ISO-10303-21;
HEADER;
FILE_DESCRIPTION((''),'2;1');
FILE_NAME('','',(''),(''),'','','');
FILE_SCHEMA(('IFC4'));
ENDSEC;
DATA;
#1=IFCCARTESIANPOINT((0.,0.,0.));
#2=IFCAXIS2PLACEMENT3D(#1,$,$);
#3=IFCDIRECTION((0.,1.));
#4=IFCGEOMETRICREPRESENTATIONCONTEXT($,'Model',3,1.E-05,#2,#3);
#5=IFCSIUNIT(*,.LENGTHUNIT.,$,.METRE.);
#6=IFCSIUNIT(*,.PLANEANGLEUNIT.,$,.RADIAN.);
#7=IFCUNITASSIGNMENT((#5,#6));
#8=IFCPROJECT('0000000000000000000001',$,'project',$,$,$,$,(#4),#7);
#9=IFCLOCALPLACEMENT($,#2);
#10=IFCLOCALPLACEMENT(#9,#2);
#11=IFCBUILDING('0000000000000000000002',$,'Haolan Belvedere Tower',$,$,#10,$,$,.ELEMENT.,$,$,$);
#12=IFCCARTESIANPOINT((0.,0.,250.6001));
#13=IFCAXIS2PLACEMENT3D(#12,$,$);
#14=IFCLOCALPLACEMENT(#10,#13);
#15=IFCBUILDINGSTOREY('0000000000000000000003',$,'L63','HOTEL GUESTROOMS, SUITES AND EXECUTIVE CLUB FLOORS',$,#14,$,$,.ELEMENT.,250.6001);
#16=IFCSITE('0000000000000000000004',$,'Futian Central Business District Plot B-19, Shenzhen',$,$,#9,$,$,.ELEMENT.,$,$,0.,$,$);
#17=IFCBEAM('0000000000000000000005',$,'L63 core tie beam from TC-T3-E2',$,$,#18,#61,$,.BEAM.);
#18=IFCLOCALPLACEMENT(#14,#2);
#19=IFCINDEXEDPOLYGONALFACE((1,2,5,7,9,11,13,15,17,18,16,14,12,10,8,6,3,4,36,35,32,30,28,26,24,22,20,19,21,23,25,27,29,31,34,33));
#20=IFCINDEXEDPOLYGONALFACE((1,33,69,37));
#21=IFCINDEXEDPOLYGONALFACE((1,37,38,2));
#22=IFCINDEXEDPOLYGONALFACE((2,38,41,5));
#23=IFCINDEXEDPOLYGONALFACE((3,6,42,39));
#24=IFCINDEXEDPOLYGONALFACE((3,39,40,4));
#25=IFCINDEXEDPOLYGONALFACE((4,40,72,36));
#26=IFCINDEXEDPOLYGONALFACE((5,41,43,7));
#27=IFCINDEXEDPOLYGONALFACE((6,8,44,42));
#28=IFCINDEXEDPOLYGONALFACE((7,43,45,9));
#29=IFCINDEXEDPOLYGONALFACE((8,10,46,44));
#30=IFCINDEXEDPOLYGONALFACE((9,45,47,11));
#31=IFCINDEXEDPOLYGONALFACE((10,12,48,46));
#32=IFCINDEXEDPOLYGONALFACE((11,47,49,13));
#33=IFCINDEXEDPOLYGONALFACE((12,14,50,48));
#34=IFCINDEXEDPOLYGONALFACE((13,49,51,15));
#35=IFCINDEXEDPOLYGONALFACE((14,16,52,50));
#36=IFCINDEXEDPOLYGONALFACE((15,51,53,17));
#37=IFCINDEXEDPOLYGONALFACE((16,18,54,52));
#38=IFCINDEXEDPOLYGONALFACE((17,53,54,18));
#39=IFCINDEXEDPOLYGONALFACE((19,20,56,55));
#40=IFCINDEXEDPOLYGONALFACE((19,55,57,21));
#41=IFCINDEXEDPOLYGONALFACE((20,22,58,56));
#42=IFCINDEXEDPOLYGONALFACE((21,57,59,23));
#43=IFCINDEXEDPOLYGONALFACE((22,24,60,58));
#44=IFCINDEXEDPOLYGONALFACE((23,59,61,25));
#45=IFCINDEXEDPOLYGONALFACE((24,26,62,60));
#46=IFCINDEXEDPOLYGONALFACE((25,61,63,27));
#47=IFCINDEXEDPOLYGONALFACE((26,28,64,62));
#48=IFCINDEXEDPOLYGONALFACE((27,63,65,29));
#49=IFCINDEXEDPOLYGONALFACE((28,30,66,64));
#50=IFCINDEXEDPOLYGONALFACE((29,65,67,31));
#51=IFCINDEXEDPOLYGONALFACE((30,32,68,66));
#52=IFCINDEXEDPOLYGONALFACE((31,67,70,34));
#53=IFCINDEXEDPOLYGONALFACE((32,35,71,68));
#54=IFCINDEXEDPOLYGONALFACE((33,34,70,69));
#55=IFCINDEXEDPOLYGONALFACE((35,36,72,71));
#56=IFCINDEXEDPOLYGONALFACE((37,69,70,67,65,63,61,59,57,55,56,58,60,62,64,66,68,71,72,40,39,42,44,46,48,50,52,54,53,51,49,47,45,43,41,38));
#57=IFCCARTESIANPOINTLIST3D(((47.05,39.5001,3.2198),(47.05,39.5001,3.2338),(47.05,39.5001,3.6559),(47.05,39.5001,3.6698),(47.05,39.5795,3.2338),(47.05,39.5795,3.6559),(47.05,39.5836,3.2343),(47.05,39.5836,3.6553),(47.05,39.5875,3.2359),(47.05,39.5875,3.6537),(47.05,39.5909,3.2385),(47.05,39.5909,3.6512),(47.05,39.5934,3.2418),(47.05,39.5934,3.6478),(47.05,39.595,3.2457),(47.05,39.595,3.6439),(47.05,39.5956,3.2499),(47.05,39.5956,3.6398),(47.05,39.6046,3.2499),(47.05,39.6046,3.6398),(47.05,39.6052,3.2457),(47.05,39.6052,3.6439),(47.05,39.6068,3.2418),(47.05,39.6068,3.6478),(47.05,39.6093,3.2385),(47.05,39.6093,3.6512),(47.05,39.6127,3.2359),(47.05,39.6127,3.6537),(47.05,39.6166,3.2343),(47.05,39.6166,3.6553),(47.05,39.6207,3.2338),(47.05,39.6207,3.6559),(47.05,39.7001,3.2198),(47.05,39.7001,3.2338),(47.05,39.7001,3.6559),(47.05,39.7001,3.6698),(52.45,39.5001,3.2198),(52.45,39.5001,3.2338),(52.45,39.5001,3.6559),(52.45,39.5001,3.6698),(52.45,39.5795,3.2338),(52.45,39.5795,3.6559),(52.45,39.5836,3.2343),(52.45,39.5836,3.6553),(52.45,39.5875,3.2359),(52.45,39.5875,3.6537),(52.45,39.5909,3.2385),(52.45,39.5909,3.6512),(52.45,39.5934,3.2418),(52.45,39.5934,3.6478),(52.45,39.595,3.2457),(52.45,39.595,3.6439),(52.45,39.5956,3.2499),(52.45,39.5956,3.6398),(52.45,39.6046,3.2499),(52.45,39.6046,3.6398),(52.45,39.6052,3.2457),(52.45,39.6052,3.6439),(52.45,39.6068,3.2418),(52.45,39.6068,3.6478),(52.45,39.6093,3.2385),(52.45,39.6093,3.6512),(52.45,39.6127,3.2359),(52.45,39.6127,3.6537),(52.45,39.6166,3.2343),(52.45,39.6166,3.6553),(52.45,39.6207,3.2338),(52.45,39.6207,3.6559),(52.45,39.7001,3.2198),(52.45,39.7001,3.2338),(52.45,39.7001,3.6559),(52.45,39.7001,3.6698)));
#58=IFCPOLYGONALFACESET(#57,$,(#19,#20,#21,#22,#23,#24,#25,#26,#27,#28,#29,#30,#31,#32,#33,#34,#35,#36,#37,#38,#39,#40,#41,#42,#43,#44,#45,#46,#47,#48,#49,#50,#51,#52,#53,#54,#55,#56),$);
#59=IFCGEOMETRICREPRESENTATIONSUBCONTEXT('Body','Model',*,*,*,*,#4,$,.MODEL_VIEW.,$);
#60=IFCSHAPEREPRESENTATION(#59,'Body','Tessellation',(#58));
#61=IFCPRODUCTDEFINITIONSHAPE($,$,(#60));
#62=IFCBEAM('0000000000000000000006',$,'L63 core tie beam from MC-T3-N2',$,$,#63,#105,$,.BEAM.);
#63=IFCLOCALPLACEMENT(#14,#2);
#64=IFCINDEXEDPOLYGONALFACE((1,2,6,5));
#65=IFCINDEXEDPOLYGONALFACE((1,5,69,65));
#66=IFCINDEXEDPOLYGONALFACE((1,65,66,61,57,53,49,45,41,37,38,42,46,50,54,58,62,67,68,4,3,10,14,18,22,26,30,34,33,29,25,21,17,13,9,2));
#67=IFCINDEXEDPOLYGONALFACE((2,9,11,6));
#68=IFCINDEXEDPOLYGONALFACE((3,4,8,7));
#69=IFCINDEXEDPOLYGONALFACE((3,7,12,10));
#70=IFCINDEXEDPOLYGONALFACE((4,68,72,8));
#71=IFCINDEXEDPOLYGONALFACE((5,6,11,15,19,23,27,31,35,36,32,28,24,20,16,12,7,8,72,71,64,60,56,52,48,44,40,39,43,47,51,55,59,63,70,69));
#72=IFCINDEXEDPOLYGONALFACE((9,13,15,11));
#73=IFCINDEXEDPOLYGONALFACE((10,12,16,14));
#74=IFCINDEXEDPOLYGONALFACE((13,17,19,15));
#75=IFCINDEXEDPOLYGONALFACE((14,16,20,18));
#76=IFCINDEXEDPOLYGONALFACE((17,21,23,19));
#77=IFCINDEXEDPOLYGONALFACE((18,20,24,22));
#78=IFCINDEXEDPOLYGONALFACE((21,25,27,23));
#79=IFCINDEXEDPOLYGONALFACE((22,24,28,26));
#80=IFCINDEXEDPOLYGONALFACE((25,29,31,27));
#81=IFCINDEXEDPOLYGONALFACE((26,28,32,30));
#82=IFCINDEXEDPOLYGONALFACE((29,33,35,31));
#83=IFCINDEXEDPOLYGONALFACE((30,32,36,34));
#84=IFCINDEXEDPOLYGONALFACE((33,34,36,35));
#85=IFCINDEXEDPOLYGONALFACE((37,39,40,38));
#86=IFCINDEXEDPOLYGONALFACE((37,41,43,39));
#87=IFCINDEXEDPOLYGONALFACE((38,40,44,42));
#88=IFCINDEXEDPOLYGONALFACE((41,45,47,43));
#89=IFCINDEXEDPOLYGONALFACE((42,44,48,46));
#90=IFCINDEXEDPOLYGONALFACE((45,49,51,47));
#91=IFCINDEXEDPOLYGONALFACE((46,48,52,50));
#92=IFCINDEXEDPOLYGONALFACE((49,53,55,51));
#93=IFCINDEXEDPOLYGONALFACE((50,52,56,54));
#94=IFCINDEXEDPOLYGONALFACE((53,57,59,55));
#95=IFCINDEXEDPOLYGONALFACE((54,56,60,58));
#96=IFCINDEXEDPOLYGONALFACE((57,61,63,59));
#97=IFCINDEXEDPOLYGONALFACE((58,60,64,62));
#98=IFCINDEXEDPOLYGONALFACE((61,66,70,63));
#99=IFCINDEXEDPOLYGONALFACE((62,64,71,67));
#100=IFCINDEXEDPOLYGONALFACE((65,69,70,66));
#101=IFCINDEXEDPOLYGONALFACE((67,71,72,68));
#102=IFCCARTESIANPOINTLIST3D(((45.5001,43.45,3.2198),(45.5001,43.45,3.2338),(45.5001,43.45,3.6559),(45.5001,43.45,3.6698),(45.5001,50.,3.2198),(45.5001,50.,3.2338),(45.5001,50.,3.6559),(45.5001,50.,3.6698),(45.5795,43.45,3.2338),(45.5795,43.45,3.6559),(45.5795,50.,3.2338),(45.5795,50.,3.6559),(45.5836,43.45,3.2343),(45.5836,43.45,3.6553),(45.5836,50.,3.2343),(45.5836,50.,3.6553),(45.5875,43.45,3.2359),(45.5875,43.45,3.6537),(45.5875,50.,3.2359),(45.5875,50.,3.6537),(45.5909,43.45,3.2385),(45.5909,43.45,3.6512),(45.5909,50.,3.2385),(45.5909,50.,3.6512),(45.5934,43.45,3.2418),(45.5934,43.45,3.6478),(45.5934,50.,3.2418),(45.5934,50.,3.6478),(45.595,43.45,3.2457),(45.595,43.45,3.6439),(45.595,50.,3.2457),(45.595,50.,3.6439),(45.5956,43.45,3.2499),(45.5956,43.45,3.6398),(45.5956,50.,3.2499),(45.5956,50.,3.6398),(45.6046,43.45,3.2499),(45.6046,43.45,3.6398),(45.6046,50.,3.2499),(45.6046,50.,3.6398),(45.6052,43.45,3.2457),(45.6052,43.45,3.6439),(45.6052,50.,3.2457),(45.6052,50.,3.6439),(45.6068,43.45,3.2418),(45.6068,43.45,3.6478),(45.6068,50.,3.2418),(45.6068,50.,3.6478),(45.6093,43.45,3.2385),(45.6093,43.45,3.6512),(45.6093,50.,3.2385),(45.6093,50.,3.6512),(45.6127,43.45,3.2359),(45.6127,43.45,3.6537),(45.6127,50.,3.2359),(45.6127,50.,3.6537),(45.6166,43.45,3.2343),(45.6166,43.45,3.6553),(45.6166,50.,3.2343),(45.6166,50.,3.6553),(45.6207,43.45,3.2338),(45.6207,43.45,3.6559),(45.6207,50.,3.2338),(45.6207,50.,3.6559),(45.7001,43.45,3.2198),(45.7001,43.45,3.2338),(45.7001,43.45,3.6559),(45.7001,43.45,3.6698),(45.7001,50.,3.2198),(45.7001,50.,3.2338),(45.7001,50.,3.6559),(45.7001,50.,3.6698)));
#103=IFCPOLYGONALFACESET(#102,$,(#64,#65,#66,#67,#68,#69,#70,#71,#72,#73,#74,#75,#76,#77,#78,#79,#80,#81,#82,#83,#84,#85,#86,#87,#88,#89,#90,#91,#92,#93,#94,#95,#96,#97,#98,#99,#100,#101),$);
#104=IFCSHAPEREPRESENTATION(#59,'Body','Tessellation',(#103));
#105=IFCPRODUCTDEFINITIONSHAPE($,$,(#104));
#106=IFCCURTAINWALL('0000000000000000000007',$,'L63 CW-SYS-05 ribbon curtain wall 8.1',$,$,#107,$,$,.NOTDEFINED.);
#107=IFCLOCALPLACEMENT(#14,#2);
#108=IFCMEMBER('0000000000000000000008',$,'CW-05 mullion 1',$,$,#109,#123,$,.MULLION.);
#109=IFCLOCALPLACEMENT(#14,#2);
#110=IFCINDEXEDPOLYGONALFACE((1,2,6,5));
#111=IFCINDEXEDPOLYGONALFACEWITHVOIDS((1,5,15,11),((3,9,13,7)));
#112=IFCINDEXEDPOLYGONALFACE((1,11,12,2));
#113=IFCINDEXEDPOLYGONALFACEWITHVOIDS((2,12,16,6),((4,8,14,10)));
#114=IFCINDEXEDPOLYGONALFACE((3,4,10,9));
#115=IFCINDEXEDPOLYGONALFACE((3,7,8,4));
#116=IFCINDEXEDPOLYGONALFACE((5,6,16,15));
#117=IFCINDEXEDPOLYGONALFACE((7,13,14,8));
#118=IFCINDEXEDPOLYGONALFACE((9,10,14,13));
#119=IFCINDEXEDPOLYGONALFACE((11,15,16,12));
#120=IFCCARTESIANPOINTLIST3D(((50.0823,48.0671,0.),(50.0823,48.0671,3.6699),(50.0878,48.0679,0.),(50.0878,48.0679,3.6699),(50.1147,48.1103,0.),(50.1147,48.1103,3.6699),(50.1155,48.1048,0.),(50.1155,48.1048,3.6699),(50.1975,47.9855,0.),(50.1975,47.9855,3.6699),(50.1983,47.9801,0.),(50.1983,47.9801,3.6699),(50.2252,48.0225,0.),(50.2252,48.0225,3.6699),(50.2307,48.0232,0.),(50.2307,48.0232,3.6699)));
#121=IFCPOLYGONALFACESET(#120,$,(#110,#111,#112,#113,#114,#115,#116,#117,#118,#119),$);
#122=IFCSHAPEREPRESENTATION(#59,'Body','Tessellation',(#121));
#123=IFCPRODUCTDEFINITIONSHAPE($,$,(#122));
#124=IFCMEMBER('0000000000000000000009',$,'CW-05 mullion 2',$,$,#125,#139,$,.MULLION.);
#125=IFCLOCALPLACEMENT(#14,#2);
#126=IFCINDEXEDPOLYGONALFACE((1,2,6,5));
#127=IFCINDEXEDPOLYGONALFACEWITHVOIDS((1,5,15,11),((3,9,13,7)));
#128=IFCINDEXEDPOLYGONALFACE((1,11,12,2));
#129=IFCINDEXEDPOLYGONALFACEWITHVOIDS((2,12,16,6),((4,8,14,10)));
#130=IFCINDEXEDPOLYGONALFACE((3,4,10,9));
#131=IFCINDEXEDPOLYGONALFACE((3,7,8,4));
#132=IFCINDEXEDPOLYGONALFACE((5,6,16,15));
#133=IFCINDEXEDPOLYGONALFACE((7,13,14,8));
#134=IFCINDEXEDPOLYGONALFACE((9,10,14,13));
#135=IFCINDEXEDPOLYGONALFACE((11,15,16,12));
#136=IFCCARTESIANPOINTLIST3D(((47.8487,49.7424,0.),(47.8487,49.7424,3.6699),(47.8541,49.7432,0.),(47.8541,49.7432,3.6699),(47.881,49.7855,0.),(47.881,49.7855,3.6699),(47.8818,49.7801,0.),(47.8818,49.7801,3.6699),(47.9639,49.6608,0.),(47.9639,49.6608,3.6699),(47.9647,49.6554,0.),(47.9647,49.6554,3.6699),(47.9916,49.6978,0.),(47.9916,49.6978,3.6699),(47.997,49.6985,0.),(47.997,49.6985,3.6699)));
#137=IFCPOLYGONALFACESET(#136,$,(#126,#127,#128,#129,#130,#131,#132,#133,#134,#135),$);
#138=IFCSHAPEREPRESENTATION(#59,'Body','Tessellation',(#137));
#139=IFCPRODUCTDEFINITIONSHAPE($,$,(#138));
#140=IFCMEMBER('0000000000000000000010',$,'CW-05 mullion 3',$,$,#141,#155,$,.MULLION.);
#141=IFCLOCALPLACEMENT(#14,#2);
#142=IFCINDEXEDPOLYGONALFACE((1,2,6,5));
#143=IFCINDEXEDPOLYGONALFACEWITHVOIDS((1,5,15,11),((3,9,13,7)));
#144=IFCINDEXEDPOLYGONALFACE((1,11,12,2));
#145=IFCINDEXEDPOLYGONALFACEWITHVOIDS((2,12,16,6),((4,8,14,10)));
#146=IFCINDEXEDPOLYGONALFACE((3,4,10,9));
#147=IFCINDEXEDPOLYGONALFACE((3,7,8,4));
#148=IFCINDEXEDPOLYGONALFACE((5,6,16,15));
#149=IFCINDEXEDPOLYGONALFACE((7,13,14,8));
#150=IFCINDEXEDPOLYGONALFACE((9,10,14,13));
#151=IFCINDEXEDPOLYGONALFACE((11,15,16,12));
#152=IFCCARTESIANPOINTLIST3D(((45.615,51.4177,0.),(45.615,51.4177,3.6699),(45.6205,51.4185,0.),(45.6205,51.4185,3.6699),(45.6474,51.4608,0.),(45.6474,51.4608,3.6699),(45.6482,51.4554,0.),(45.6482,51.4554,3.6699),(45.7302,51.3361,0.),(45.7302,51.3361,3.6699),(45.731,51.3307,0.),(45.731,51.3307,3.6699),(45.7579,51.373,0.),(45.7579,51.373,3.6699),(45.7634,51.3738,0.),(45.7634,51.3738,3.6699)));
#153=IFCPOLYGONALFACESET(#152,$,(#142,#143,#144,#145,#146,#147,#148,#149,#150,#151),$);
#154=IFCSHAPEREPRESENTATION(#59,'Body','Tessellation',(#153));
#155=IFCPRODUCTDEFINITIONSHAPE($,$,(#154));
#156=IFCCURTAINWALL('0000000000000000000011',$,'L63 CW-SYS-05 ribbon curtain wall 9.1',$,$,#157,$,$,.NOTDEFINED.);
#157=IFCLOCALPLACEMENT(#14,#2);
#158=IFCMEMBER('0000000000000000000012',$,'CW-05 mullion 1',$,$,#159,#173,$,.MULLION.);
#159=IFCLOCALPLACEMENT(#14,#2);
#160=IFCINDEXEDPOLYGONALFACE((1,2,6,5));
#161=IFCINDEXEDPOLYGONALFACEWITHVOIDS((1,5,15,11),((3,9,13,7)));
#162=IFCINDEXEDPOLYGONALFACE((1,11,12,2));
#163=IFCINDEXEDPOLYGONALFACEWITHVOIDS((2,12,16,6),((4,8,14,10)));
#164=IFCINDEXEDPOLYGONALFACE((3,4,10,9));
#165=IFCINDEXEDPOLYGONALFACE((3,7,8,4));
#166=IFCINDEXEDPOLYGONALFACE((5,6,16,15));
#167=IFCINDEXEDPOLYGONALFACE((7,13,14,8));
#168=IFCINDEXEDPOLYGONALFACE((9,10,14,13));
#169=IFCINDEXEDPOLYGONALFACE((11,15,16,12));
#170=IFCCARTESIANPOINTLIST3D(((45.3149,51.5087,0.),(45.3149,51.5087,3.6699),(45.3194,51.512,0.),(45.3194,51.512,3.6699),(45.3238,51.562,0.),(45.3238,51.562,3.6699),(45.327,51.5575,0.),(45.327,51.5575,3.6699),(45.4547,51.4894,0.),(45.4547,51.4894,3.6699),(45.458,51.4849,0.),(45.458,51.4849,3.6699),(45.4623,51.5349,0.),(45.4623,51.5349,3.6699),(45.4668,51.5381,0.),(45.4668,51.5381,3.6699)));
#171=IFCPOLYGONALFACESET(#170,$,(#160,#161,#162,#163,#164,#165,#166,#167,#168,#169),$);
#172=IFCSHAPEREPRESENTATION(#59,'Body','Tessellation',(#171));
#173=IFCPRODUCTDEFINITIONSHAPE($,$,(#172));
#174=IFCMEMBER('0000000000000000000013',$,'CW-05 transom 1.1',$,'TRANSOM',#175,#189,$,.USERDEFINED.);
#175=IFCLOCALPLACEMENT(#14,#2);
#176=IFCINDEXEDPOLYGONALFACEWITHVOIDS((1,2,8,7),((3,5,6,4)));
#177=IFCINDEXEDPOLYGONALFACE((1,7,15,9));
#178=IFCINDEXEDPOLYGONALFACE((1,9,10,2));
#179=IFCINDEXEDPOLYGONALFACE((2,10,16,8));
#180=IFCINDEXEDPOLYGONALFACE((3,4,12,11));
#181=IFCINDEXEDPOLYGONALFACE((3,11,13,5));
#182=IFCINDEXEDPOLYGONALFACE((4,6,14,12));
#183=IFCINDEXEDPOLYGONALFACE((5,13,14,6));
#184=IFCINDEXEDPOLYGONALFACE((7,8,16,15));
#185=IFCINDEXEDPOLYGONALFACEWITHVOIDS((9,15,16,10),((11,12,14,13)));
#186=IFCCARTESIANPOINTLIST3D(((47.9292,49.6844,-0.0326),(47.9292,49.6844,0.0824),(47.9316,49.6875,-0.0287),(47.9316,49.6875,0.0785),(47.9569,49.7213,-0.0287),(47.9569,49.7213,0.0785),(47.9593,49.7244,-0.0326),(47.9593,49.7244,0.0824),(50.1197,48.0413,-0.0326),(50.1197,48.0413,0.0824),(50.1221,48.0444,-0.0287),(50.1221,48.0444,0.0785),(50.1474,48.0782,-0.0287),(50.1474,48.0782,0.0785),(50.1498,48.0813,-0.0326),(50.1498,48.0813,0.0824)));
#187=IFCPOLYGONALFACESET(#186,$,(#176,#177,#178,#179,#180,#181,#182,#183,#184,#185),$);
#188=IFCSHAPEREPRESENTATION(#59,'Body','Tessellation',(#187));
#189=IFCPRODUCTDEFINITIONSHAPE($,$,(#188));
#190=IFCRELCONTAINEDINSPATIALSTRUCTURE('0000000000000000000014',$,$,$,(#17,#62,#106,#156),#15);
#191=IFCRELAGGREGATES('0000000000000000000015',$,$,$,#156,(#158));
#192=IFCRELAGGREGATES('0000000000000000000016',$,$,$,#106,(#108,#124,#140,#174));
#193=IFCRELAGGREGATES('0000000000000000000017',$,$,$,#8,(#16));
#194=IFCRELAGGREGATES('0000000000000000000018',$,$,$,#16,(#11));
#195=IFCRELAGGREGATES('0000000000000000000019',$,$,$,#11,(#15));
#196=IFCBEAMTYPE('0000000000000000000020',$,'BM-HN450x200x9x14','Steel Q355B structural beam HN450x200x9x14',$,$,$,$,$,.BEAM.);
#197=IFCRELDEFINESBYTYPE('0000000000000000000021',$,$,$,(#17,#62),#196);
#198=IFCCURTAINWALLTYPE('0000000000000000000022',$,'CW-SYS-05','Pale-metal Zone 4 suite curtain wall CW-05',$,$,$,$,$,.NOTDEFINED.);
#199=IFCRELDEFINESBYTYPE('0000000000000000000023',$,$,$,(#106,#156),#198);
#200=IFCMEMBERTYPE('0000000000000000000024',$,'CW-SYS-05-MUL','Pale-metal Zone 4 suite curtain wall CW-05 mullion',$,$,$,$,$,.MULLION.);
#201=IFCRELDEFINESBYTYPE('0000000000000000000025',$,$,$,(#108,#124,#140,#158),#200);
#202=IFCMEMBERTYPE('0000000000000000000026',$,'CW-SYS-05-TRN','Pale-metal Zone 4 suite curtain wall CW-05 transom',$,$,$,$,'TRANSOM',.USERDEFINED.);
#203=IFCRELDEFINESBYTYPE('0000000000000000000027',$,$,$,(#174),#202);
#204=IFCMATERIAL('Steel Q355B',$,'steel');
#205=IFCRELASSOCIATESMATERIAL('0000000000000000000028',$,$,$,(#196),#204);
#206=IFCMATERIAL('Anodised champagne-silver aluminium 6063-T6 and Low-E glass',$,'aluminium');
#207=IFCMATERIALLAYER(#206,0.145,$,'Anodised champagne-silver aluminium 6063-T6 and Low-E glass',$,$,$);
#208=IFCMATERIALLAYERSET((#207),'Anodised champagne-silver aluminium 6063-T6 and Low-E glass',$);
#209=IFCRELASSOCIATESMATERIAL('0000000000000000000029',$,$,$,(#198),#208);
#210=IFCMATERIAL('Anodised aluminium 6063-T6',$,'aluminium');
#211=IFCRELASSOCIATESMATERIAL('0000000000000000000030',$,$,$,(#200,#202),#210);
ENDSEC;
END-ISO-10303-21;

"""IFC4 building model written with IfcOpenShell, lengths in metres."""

from ifc_helpers import new_model, si_unit, direction, frame, origin, origin_2d, place, context, subcontext, project, spatial, hollow_rectangle, i_section, extrude, material, layer, layer_set, material_profile, profile_set, type_object, element, aggregate, save


model = new_model("IFC4")

# Units and contexts
model_context = context("Model", 3, precision=1e-05, world=origin(), true_north=direction((0.0, 1.0)))
body_context = subcontext(model_context, "Body", "Model", "MODEL_VIEW")
ifc_project = project(units=[si_unit("LENGTHUNIT", "METRE"), si_unit("PLANEANGLEUNIT", "RADIAN")], contexts=[model_context])

# Site, building, storey
site_placement = place(None, origin())
site = spatial("IfcSite", under=ifc_project, at=site_placement, Name="Futian Central Business District Plot B-19, Shenzhen", CompositionType="ELEMENT", RefElevation=0.0)
building_placement = place(site_placement, origin())
building = spatial("IfcBuilding", under=site, at=building_placement, Name="Haolan Belvedere Tower", CompositionType="ELEMENT")
storey_placement = place(building_placement, frame((0.0, 0.0, 250.6001)))
storey = spatial("IfcBuildingStorey", under=building, at=storey_placement, Name="L63", Description="HOTEL GUESTROOMS, SUITES AND EXECUTIVE CLUB FLOORS", CompositionType="ELEMENT", Elevation=250.6001)

# Beams
ifc_material_1 = material(Name="Steel Q355B", Category="steel")
ifc_material_profile_1 = material_profile(ifc_material_1, i_section(OverallWidth=0.2, OverallDepth=0.45, WebThickness=0.009, FlangeThickness=0.0139, FilletRadius=0.0161, at=origin_2d()), Name="Steel Q355B")
ifc_profile_set_1 = profile_set([ifc_material_profile_1], Name="Steel Q355B")
beam_type_1 = type_object("IfcBeamType", Name="BM-HN450x200x9x14", Description="Steel Q355B structural beam HN450x200x9x14", PredefinedType="BEAM", material=ifc_profile_set_1)
beam_1_placement = place(storey_placement, frame((52.45, 39.6001, 3.4448), z_axis=(-1.0, 0.0, 0.0), x_axis=(0.0, -1.0, 0.0)))
element("IfcBeam", 1, at=beam_1_placement, inside=storey, type_object=beam_type_1, Name="L63 core tie beam from TC-T3-E2", PredefinedType="BEAM", context=body_context, shape_type="SweptSolid", body=[
    extrude(i_section(OverallWidth=0.2, OverallDepth=0.45, WebThickness=0.009, FlangeThickness=0.0139, FilletRadius=0.0161, at=origin_2d()), origin(), (0.0, 0.0, 1.0), 5.3999),
])
beam_2_placement = place(storey_placement, frame((45.6001, 50.0, 3.4448), z_axis=(0.0, -1.0, 0.0), x_axis=(1.0, 0.0, 0.0)))
element("IfcBeam", 2, at=beam_2_placement, inside=storey, type_object=beam_type_1, Name="L63 core tie beam from MC-T3-N2", PredefinedType="BEAM", context=body_context, shape_type="SweptSolid", body=[
    extrude(i_section(OverallWidth=0.2, OverallDepth=0.45, WebThickness=0.009, FlangeThickness=0.0139, FilletRadius=0.0161, at=origin_2d()), origin(), (0.0, 0.0, 1.0), 6.55),
])

# Curtain wall, members
ifc_material_2 = material(Name="Anodised champagne-silver aluminium 6063-T6 and Low-E glass", Category="aluminium")
ifc_layer_1 = layer(ifc_material_2, 0.145, Name="Anodised champagne-silver aluminium 6063-T6 and Low-E glass")
ifc_layer_set_1 = layer_set([ifc_layer_1], Name="Anodised champagne-silver aluminium 6063-T6 and Low-E glass")
curtain_wall_type = type_object("IfcCurtainWallType", Name="CW-SYS-05", Description="Pale-metal Zone 4 suite curtain wall CW-05", PredefinedType="NOTDEFINED", material=ifc_layer_set_1)
curtain_wall_1_placement = place(storey_placement, origin())
curtain_wall_1 = element("IfcCurtainWall", 3, at=curtain_wall_1_placement, inside=storey, type_object=curtain_wall_type, Name="L63 CW-SYS-05 ribbon curtain wall 8.1", PredefinedType="NOTDEFINED")
ifc_material_3 = material(Name="Anodised aluminium 6063-T6", Category="aluminium")
ifc_material_profile_2 = material_profile(ifc_material_3, hollow_rectangle(XDim=0.054, YDim=0.145, WallThickness=0.0039, at=origin_2d()), Name="Anodised aluminium 6063-T6")
ifc_profile_set_2 = profile_set([ifc_material_profile_2], Name="Anodised aluminium 6063-T6")
member_type_1 = type_object("IfcMemberType", Name="CW-SYS-05-MUL", Description="Pale-metal Zone 4 suite curtain wall CW-05 mullion", PredefinedType="MULLION", material=ifc_profile_set_2)
member_1_placement = place(storey_placement, frame((50.1565, 48.0452, 0.0), z_axis=(0.0, 0.0, 1.0), x_axis=(-0.600003, -0.799998, 0.0)))
member_1 = element("IfcMember", 4, at=member_1_placement, type_object=member_type_1, Name="CW-05 mullion 1", PredefinedType="MULLION", context=body_context, shape_type="SweptSolid", body=[
    extrude(hollow_rectangle(XDim=0.054, YDim=0.145, WallThickness=0.0039, at=origin_2d()), origin(), (0.0, 0.0, 1.0), 3.6699),
])
member_2_placement = place(storey_placement, frame((47.9229, 49.7205, 0.0), z_axis=(0.0, 0.0, 1.0), x_axis=(-0.600003, -0.799998, 0.0)))
member_2 = element("IfcMember", 5, at=member_2_placement, type_object=member_type_1, Name="CW-05 mullion 2", PredefinedType="MULLION", context=body_context, shape_type="SweptSolid", body=[
    extrude(hollow_rectangle(XDim=0.054, YDim=0.145, WallThickness=0.0039, at=origin_2d()), origin(), (0.0, 0.0, 1.0), 3.6699),
])
member_3_placement = place(storey_placement, frame((45.6892, 51.3958, 0.0), z_axis=(0.0, 0.0, 1.0), x_axis=(-0.600003, -0.799998, 0.0)))
member_3 = element("IfcMember", 6, at=member_3_placement, type_object=member_type_1, Name="CW-05 mullion 3", PredefinedType="MULLION", context=body_context, shape_type="SweptSolid", body=[
    extrude(hollow_rectangle(XDim=0.054, YDim=0.145, WallThickness=0.0039, at=origin_2d()), origin(), (0.0, 0.0, 1.0), 3.6699),
])

# Curtain wall, member
curtain_wall_2_placement = place(storey_placement, origin())
curtain_wall_2 = element("IfcCurtainWall", 7, at=curtain_wall_2_placement, inside=storey, type_object=curtain_wall_type, Name="L63 CW-SYS-05 ribbon curtain wall 9.1", PredefinedType="NOTDEFINED")
member_4_placement = place(storey_placement, frame((45.3909, 51.5234, 0.0), z_axis=(0.0, 0.0, 1.0), x_axis=(-0.164406, -0.986393, 0.0)))
member_4 = element("IfcMember", 8, at=member_4_placement, type_object=member_type_1, Name="CW-05 mullion 1", PredefinedType="MULLION", context=body_context, shape_type="SweptSolid", body=[
    extrude(hollow_rectangle(XDim=0.054, YDim=0.145, WallThickness=0.0039, at=origin_2d()), origin(), (0.0, 0.0, 1.0), 3.6699),
])

# Member
ifc_material_profile_3 = material_profile(ifc_material_3, hollow_rectangle(XDim=0.05, YDim=0.115, WallThickness=0.0039, at=origin_2d()), Name="Anodised aluminium 6063-T6")
ifc_profile_set_3 = profile_set([ifc_material_profile_3], Name="Anodised aluminium 6063-T6")
member_type_2 = type_object("IfcMemberType", Name="CW-SYS-05-TRN", Description="Pale-metal Zone 4 suite curtain wall CW-05 transom", ElementType="TRANSOM", PredefinedType="USERDEFINED", material=ifc_profile_set_3)
member_5_placement = place(storey_placement, frame((50.1348, 48.0613, 0.0249), z_axis=(-0.799957, 0.600057, 0.0), x_axis=(-0.600057, -0.799957, 0.0)))
member_5 = element("IfcMember", 9, at=member_5_placement, type_object=member_type_2, Name="CW-05 transom 1.1", ObjectType="TRANSOM", PredefinedType="USERDEFINED", context=body_context, shape_type="SweptSolid", body=[
    extrude(hollow_rectangle(XDim=0.05, YDim=0.115, WallThickness=0.0039, at=origin_2d()), origin(), (0.0, 0.0, 1.0), 2.7383),
])
aggregate(curtain_wall_2, [member_4])

aggregate(curtain_wall_1, [member_1, member_2, member_3, member_5])

save(model, "model.ifc")
